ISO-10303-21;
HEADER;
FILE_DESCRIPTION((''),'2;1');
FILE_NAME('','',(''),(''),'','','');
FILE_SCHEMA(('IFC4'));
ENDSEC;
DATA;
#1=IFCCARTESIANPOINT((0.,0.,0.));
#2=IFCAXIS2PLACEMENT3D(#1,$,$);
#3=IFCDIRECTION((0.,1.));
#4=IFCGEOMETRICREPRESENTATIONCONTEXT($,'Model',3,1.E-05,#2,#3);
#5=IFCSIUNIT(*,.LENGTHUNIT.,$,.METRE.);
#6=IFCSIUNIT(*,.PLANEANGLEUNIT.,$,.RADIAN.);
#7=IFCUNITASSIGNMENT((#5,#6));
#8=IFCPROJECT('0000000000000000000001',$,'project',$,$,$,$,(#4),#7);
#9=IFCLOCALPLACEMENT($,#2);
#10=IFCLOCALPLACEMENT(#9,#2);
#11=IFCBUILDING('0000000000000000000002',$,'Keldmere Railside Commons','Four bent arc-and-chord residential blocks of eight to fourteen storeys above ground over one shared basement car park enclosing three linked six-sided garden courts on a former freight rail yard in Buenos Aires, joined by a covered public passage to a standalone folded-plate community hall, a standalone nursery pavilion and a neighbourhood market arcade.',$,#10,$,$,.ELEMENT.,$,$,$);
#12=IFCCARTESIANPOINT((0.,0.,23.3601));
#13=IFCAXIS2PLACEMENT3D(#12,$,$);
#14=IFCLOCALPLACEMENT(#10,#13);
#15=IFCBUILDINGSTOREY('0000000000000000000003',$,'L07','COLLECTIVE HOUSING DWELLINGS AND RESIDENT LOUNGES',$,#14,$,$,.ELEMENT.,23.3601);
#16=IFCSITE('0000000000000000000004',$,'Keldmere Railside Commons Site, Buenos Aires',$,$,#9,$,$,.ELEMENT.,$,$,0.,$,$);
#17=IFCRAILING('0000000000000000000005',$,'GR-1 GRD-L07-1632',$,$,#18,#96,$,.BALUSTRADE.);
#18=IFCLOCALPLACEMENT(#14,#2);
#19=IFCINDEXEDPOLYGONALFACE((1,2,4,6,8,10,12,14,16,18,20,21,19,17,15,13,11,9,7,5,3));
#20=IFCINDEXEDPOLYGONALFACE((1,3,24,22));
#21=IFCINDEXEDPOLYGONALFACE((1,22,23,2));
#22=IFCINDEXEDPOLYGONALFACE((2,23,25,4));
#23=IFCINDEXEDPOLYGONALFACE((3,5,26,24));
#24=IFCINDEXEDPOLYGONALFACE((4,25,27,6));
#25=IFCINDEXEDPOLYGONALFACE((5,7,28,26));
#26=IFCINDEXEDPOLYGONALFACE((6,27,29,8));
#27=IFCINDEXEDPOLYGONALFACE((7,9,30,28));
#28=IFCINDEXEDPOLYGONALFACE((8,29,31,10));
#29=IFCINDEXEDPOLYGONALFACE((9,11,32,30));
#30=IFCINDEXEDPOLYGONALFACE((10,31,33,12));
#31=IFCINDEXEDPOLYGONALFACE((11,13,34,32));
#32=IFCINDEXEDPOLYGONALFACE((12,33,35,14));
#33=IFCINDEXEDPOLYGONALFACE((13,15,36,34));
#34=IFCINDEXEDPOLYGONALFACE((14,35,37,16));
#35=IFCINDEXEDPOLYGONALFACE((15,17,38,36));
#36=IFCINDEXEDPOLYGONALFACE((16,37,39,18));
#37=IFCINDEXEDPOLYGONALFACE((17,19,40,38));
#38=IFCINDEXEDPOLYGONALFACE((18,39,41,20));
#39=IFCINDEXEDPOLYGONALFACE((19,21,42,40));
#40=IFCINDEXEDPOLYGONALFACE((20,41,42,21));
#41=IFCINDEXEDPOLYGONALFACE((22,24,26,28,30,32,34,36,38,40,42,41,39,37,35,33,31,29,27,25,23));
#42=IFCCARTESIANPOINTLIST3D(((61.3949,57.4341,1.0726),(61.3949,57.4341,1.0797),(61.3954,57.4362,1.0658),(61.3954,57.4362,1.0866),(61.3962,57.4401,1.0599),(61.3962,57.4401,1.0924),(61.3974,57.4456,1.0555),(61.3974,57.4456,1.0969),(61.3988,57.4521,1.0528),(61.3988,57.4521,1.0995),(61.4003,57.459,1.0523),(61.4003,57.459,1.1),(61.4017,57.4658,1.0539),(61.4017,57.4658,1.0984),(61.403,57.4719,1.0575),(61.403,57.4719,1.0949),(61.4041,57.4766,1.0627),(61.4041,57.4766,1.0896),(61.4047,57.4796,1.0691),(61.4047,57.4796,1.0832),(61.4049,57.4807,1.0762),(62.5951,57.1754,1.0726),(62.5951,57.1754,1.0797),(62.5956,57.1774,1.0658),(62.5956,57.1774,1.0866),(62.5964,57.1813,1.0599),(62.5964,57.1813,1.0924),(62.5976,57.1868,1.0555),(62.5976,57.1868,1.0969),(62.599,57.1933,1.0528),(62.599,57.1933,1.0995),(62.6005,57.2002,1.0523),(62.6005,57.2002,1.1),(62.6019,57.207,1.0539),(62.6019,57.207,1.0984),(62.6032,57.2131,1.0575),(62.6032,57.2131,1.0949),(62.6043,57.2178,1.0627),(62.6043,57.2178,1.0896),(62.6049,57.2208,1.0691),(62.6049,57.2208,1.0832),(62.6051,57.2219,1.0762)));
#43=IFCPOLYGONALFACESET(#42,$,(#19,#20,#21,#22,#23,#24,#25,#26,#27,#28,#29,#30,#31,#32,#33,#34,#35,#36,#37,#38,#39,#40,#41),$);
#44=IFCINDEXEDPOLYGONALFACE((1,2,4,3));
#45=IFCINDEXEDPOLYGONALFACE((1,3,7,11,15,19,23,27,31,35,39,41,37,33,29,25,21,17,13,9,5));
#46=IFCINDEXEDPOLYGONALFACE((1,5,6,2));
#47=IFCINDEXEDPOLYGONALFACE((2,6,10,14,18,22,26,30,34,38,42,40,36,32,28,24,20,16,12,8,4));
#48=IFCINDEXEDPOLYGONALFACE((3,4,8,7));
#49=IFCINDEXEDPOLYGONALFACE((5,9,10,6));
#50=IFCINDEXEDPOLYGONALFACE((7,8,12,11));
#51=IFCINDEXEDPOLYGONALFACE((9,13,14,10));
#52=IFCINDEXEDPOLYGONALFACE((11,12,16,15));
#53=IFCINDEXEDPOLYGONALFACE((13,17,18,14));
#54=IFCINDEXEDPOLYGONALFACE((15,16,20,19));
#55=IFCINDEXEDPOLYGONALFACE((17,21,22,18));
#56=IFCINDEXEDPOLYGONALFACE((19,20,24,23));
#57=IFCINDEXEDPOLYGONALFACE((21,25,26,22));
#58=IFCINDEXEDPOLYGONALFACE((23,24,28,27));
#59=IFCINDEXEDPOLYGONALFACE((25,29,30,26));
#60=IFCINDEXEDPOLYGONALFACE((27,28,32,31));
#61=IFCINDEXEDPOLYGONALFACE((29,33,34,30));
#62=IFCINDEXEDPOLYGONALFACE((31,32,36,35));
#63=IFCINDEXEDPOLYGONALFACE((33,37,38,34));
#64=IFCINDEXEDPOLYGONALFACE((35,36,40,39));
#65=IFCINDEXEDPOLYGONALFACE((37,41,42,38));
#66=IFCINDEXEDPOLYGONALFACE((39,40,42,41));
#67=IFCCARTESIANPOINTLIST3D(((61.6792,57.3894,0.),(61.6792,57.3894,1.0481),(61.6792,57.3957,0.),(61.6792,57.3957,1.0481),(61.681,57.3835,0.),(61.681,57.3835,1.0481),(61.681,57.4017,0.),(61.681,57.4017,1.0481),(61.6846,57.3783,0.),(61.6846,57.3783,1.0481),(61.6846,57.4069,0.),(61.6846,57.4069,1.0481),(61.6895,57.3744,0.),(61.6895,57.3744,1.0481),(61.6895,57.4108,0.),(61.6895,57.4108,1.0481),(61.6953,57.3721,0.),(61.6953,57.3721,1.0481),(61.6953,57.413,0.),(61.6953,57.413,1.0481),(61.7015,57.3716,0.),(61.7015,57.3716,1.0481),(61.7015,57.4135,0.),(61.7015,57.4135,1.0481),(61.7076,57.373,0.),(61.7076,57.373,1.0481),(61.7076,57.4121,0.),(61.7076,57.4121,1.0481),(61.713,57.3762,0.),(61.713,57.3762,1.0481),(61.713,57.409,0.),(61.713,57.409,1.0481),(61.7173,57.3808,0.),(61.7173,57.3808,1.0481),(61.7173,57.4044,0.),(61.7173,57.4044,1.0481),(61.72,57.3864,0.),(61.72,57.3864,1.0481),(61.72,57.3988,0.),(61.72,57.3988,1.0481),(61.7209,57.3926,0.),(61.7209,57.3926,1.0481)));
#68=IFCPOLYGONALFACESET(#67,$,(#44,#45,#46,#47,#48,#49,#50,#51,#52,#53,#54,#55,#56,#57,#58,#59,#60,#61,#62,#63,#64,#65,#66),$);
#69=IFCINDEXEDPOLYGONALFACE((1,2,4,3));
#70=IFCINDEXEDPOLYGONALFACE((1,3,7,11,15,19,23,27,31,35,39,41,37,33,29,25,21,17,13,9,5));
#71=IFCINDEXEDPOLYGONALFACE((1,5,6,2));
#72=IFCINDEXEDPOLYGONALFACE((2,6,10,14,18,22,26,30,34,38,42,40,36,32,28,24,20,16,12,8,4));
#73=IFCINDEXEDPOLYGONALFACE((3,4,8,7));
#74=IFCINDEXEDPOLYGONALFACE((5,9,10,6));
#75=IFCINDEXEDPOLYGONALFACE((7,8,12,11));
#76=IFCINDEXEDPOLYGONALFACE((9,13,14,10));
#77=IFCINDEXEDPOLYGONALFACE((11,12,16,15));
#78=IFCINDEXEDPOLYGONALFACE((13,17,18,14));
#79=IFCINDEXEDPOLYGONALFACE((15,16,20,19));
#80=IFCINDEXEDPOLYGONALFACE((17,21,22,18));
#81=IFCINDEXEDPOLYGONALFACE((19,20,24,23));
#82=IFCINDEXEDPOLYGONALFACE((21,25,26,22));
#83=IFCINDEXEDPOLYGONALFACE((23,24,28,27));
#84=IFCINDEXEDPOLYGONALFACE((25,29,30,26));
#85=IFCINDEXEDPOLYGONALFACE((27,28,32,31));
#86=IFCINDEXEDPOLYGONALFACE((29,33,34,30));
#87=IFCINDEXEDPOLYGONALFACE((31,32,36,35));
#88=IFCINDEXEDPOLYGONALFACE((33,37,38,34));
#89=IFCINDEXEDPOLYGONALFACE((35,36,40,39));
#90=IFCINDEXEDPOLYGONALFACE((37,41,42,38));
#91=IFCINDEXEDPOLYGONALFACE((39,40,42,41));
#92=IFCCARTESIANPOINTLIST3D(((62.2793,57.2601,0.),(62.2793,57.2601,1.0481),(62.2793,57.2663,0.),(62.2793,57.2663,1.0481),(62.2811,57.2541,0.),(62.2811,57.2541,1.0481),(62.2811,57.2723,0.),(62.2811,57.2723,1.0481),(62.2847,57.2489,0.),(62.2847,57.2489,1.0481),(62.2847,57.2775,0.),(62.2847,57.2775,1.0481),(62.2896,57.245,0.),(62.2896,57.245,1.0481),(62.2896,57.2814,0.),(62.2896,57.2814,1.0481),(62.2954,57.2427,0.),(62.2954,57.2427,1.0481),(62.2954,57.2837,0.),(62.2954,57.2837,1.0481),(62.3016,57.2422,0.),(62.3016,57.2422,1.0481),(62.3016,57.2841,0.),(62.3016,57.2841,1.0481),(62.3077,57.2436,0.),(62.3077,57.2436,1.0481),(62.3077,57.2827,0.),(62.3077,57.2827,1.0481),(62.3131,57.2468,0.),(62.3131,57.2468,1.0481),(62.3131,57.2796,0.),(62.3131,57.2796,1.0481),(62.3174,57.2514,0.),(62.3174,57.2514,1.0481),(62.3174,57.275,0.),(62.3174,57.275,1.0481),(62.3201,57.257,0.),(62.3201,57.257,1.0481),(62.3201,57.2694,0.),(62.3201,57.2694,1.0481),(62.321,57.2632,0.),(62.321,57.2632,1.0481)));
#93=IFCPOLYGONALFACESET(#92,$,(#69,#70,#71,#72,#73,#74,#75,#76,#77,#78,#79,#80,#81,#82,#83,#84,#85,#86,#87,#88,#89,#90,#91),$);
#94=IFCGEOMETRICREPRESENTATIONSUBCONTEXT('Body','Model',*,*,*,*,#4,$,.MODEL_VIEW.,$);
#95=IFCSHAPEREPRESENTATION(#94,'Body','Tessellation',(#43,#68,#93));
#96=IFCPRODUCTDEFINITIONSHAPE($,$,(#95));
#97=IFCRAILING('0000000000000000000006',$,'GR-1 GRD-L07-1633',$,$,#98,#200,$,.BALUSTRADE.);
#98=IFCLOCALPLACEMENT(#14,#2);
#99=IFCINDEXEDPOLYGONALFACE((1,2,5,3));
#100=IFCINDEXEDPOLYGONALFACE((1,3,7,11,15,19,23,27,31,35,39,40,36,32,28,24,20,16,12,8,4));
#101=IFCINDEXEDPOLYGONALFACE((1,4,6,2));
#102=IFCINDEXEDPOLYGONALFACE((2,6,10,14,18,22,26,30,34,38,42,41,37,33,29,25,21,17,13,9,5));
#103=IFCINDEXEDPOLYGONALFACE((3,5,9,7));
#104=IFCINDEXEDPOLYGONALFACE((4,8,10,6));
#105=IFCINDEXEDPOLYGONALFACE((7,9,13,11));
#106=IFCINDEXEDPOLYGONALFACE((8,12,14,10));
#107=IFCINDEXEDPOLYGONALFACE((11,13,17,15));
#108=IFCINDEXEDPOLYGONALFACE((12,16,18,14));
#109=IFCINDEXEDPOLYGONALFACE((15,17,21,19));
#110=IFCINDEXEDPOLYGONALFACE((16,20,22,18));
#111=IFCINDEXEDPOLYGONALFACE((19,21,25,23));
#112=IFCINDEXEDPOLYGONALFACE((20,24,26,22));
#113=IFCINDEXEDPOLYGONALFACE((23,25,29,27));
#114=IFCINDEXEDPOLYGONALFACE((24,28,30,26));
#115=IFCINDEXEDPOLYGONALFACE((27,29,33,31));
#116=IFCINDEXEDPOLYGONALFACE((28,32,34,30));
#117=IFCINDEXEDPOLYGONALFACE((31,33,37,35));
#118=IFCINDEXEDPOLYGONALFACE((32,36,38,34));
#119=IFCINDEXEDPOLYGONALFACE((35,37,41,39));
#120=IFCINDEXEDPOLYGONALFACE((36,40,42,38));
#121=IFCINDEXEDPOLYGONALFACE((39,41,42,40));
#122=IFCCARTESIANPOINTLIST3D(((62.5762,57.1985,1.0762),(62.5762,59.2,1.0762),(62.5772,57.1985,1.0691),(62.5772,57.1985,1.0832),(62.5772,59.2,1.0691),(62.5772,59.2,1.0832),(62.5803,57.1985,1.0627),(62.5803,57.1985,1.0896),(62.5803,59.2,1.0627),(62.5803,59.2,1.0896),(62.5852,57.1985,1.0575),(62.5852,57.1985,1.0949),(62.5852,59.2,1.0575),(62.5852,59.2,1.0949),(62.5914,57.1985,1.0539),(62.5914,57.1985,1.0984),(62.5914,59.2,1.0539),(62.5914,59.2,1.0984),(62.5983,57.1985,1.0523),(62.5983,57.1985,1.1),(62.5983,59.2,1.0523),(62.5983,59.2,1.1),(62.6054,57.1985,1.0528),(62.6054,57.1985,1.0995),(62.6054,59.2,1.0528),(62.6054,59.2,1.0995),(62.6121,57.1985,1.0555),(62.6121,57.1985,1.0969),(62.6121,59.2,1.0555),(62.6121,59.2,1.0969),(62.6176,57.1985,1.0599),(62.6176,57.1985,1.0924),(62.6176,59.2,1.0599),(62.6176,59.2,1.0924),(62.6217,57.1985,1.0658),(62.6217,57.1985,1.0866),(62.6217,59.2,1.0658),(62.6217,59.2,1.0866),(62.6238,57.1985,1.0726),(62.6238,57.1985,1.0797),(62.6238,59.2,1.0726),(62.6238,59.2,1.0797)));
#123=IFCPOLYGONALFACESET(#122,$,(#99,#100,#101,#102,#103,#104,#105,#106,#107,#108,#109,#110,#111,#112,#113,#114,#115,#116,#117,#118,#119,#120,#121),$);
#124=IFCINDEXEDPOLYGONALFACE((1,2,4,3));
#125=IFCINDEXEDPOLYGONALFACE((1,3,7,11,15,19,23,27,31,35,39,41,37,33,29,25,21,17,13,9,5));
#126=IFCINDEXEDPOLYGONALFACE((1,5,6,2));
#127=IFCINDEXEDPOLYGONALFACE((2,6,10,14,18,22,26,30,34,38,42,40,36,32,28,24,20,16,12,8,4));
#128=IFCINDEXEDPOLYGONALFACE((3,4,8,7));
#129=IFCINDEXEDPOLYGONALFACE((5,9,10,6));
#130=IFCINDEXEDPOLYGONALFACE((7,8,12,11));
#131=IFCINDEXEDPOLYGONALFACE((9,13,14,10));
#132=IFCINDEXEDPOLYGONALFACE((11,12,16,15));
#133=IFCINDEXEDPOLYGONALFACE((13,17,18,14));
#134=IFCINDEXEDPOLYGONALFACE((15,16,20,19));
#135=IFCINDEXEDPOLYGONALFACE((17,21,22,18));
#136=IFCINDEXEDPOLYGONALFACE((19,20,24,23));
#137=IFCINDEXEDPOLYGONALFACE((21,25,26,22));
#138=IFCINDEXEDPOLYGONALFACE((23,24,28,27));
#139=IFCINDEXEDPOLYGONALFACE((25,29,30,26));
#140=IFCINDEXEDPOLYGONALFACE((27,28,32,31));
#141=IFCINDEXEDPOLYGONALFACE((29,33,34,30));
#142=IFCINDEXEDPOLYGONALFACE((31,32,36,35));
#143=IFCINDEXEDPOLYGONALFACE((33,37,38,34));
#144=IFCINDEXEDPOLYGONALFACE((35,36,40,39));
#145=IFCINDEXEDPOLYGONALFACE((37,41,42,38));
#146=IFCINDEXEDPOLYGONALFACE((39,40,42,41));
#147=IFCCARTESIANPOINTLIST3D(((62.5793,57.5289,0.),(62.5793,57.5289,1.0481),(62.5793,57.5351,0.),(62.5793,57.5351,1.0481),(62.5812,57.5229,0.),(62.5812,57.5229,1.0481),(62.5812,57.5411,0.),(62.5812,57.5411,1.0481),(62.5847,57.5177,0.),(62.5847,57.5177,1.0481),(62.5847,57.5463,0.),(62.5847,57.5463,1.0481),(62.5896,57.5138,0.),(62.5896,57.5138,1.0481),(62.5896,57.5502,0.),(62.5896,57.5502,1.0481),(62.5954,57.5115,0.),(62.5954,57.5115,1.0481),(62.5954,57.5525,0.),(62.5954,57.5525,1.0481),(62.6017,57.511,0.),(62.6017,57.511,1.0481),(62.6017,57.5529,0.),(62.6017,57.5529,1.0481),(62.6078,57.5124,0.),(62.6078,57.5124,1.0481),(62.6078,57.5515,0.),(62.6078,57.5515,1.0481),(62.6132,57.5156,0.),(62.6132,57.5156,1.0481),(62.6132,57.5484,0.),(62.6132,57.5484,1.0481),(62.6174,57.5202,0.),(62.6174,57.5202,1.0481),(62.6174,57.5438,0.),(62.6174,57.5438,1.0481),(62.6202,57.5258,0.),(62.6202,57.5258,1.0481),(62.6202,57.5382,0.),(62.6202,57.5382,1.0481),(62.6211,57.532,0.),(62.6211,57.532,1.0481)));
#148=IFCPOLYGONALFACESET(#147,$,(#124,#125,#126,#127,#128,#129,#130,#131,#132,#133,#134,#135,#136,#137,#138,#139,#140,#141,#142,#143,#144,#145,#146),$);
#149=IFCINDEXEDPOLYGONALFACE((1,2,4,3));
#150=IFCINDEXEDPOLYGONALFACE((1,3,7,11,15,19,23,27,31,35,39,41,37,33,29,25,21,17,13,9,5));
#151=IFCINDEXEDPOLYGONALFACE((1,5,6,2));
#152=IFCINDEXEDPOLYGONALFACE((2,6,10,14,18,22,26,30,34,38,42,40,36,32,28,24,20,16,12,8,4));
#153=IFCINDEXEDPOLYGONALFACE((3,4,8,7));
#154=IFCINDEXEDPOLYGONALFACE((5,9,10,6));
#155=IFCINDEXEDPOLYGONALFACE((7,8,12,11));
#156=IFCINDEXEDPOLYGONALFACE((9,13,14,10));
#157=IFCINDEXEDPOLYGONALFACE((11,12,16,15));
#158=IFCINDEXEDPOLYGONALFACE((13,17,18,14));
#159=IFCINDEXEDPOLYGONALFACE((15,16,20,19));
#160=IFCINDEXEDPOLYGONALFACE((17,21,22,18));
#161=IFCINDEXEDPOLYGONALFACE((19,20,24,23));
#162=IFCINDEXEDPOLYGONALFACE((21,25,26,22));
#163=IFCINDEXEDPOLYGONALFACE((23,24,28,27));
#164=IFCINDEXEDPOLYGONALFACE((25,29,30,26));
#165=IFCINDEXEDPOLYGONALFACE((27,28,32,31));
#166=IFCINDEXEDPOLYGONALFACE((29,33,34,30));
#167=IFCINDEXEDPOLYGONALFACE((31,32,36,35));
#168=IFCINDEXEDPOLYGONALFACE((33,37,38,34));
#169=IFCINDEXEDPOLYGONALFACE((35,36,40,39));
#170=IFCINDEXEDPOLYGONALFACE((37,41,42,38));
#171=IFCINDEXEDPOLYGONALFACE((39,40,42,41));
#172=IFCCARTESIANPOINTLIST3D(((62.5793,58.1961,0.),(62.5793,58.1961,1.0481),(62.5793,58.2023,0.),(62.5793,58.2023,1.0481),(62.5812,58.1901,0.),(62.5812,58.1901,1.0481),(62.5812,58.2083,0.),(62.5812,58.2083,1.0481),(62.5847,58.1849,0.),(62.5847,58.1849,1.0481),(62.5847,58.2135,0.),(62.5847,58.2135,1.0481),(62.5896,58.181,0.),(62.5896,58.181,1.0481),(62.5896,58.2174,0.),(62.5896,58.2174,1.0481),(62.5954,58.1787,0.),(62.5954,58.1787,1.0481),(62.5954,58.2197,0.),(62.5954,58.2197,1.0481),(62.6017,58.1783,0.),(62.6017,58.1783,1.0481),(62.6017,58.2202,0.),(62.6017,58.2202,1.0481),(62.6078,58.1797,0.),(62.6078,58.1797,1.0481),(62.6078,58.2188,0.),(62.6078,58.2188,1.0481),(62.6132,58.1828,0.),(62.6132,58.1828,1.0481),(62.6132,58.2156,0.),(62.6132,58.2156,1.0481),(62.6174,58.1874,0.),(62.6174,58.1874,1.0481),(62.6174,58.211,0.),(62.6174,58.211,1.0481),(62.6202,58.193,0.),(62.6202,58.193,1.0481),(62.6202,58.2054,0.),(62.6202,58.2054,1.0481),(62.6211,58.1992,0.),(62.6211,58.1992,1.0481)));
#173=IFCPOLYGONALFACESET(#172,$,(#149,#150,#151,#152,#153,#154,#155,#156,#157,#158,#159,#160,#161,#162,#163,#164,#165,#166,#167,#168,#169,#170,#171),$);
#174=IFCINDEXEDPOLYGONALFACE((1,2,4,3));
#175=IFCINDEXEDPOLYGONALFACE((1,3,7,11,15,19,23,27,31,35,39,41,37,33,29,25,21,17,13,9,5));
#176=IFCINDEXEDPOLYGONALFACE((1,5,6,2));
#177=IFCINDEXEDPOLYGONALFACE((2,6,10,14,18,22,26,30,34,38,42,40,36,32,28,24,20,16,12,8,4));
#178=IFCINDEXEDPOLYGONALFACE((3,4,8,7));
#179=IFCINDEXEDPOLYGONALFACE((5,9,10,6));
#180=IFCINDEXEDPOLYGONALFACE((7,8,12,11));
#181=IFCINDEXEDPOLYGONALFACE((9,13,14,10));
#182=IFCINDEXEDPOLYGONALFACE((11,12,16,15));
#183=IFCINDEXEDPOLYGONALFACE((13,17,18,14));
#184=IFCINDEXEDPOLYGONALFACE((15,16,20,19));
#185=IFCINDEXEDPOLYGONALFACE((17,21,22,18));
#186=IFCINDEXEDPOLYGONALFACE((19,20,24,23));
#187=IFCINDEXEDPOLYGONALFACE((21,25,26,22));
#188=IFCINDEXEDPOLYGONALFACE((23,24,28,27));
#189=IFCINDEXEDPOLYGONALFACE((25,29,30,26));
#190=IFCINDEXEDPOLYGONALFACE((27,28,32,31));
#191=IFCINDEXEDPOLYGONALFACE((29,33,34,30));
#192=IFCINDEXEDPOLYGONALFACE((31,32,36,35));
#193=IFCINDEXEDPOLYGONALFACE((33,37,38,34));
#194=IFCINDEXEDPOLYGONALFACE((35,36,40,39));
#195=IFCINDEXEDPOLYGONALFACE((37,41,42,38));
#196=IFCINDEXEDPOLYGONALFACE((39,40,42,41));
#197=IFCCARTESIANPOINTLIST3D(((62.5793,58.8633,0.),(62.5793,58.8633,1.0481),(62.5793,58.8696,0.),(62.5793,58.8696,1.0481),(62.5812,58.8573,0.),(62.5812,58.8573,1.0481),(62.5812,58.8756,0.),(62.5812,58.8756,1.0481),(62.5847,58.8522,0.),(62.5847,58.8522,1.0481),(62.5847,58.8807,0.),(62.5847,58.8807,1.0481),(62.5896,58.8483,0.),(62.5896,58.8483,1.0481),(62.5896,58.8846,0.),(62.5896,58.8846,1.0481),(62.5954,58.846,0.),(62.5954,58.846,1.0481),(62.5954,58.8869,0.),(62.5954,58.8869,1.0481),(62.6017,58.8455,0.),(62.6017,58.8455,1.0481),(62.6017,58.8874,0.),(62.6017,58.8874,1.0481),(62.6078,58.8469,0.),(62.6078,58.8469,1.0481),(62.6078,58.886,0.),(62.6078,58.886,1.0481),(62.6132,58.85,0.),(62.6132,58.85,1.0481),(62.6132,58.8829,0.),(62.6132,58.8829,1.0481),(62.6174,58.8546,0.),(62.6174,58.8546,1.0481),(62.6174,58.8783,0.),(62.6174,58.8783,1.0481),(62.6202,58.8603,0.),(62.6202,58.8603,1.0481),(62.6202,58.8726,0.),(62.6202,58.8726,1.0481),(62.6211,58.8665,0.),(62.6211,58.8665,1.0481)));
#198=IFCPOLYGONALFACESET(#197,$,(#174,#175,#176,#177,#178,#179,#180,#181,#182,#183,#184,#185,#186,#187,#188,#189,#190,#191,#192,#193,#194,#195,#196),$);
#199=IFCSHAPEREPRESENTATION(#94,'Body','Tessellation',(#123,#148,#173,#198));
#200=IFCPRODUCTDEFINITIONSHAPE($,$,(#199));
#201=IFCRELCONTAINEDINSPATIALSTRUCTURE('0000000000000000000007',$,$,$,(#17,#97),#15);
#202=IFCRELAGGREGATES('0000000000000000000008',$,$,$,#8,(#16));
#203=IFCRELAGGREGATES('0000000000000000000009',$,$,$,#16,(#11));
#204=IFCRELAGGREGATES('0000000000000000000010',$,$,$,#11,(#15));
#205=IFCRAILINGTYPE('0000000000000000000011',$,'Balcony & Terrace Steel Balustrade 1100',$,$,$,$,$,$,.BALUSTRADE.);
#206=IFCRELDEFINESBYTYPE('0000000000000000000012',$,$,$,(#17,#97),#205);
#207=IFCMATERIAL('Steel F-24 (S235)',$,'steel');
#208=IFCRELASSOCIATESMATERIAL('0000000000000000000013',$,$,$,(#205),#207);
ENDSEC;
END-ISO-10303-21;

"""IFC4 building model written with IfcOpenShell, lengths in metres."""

from ifc_helpers import new_model, si_unit, direction, frame, origin, origin_2d, place, context, subcontext, project, spatial, circle, extrude, material, type_object, element, save


model = new_model("IFC4")

# Units and contexts
model_context = context("Model", 3, precision=1e-05, world=origin(), true_north=direction((0.0, 1.0)))
body_context = subcontext(model_context, "Body", "Model", "MODEL_VIEW")
ifc_project = project(units=[si_unit("LENGTHUNIT", "METRE"), si_unit("PLANEANGLEUNIT", "RADIAN")], contexts=[model_context])

# Site, building, storey
site_placement = place(None, origin())
site = spatial("IfcSite", under=ifc_project, at=site_placement, Name="Keldmere Railside Commons Site, Buenos Aires", CompositionType="ELEMENT", RefElevation=0.0)
building_placement = place(site_placement, origin())
building = spatial("IfcBuilding", under=site, at=building_placement, Name="Keldmere Railside Commons", Description="Four bent arc-and-chord residential blocks of eight to fourteen storeys above ground over one shared basement car park enclosing three linked six-sided garden courts on a former freight rail yard in Buenos Aires, joined by a covered public passage to a standalone folded-plate community hall, a standalone nursery pavilion and a neighbourhood market arcade.", CompositionType="ELEMENT")
storey_placement = place(building_placement, frame((0.0, 0.0, 23.3601)))
storey = spatial("IfcBuildingStorey", under=building, at=storey_placement, Name="L07", Description="COLLECTIVE HOUSING DWELLINGS AND RESIDENT LOUNGES", CompositionType="ELEMENT", Elevation=23.3601)

# Railings
ifc_material_1 = material(Name="Steel F-24 (S235)", Category="steel")
railing_type = type_object("IfcRailingType", Name="Balcony & Terrace Steel Balustrade 1100", PredefinedType="BALUSTRADE", material=ifc_material_1)
railing_1_placement = place(storey_placement, frame((61.3999, 57.4573, 0.0)))
element("IfcRailing", 1, at=railing_1_placement, inside=storey, type_object=railing_type, Name="GR-1 GRD-L07-1632", PredefinedType="BALUSTRADE", context=body_context, shape_type="SweptSolid", body=[
    extrude(circle(Radius=0.0239, at=origin_2d()), frame((0.0, 0.0, 1.0762), z_axis=(0.977534, -0.210778, 0.0), x_axis=(0.210778, 0.977534, 0.0)), (0.0, 0.0, 1.0), 1.2278),
    extrude(circle(Radius=0.021, at=origin_2d()), frame((0.3, -0.0647, 0.0)), (0.0, 0.0, 1.0), 1.0481),
    extrude(circle(Radius=0.021, at=origin_2d()), frame((0.9001, -0.1941, 0.0)), (0.0, 0.0, 1.0), 1.0481),
])
railing_2_placement = place(storey_placement, frame((62.6001, 57.1985, 0.0)))
element("IfcRailing", 2, at=railing_2_placement, inside=storey, type_object=railing_type, Name="GR-1 GRD-L07-1633", PredefinedType="BALUSTRADE", context=body_context, shape_type="SweptSolid", body=[
    extrude(circle(Radius=0.0239, at=origin_2d()), frame((0.0, 0.0, 1.0762), z_axis=(0.0, 1.0, 0.0), x_axis=(-1.0, 0.0, 0.0)), (0.0, 0.0, 1.0), 2.0015),
    extrude(circle(Radius=0.021, at=origin_2d()), frame((0.0, 0.3335, 0.0)), (0.0, 0.0, 1.0), 1.0481),
    extrude(circle(Radius=0.021, at=origin_2d()), frame((0.0, 1.0007, 0.0)), (0.0, 0.0, 1.0), 1.0481),
    extrude(circle(Radius=0.021, at=origin_2d()), frame((0.0, 1.668, 0.0)), (0.0, 0.0, 1.0), 1.0481),
])

save(model, "model.ifc")
